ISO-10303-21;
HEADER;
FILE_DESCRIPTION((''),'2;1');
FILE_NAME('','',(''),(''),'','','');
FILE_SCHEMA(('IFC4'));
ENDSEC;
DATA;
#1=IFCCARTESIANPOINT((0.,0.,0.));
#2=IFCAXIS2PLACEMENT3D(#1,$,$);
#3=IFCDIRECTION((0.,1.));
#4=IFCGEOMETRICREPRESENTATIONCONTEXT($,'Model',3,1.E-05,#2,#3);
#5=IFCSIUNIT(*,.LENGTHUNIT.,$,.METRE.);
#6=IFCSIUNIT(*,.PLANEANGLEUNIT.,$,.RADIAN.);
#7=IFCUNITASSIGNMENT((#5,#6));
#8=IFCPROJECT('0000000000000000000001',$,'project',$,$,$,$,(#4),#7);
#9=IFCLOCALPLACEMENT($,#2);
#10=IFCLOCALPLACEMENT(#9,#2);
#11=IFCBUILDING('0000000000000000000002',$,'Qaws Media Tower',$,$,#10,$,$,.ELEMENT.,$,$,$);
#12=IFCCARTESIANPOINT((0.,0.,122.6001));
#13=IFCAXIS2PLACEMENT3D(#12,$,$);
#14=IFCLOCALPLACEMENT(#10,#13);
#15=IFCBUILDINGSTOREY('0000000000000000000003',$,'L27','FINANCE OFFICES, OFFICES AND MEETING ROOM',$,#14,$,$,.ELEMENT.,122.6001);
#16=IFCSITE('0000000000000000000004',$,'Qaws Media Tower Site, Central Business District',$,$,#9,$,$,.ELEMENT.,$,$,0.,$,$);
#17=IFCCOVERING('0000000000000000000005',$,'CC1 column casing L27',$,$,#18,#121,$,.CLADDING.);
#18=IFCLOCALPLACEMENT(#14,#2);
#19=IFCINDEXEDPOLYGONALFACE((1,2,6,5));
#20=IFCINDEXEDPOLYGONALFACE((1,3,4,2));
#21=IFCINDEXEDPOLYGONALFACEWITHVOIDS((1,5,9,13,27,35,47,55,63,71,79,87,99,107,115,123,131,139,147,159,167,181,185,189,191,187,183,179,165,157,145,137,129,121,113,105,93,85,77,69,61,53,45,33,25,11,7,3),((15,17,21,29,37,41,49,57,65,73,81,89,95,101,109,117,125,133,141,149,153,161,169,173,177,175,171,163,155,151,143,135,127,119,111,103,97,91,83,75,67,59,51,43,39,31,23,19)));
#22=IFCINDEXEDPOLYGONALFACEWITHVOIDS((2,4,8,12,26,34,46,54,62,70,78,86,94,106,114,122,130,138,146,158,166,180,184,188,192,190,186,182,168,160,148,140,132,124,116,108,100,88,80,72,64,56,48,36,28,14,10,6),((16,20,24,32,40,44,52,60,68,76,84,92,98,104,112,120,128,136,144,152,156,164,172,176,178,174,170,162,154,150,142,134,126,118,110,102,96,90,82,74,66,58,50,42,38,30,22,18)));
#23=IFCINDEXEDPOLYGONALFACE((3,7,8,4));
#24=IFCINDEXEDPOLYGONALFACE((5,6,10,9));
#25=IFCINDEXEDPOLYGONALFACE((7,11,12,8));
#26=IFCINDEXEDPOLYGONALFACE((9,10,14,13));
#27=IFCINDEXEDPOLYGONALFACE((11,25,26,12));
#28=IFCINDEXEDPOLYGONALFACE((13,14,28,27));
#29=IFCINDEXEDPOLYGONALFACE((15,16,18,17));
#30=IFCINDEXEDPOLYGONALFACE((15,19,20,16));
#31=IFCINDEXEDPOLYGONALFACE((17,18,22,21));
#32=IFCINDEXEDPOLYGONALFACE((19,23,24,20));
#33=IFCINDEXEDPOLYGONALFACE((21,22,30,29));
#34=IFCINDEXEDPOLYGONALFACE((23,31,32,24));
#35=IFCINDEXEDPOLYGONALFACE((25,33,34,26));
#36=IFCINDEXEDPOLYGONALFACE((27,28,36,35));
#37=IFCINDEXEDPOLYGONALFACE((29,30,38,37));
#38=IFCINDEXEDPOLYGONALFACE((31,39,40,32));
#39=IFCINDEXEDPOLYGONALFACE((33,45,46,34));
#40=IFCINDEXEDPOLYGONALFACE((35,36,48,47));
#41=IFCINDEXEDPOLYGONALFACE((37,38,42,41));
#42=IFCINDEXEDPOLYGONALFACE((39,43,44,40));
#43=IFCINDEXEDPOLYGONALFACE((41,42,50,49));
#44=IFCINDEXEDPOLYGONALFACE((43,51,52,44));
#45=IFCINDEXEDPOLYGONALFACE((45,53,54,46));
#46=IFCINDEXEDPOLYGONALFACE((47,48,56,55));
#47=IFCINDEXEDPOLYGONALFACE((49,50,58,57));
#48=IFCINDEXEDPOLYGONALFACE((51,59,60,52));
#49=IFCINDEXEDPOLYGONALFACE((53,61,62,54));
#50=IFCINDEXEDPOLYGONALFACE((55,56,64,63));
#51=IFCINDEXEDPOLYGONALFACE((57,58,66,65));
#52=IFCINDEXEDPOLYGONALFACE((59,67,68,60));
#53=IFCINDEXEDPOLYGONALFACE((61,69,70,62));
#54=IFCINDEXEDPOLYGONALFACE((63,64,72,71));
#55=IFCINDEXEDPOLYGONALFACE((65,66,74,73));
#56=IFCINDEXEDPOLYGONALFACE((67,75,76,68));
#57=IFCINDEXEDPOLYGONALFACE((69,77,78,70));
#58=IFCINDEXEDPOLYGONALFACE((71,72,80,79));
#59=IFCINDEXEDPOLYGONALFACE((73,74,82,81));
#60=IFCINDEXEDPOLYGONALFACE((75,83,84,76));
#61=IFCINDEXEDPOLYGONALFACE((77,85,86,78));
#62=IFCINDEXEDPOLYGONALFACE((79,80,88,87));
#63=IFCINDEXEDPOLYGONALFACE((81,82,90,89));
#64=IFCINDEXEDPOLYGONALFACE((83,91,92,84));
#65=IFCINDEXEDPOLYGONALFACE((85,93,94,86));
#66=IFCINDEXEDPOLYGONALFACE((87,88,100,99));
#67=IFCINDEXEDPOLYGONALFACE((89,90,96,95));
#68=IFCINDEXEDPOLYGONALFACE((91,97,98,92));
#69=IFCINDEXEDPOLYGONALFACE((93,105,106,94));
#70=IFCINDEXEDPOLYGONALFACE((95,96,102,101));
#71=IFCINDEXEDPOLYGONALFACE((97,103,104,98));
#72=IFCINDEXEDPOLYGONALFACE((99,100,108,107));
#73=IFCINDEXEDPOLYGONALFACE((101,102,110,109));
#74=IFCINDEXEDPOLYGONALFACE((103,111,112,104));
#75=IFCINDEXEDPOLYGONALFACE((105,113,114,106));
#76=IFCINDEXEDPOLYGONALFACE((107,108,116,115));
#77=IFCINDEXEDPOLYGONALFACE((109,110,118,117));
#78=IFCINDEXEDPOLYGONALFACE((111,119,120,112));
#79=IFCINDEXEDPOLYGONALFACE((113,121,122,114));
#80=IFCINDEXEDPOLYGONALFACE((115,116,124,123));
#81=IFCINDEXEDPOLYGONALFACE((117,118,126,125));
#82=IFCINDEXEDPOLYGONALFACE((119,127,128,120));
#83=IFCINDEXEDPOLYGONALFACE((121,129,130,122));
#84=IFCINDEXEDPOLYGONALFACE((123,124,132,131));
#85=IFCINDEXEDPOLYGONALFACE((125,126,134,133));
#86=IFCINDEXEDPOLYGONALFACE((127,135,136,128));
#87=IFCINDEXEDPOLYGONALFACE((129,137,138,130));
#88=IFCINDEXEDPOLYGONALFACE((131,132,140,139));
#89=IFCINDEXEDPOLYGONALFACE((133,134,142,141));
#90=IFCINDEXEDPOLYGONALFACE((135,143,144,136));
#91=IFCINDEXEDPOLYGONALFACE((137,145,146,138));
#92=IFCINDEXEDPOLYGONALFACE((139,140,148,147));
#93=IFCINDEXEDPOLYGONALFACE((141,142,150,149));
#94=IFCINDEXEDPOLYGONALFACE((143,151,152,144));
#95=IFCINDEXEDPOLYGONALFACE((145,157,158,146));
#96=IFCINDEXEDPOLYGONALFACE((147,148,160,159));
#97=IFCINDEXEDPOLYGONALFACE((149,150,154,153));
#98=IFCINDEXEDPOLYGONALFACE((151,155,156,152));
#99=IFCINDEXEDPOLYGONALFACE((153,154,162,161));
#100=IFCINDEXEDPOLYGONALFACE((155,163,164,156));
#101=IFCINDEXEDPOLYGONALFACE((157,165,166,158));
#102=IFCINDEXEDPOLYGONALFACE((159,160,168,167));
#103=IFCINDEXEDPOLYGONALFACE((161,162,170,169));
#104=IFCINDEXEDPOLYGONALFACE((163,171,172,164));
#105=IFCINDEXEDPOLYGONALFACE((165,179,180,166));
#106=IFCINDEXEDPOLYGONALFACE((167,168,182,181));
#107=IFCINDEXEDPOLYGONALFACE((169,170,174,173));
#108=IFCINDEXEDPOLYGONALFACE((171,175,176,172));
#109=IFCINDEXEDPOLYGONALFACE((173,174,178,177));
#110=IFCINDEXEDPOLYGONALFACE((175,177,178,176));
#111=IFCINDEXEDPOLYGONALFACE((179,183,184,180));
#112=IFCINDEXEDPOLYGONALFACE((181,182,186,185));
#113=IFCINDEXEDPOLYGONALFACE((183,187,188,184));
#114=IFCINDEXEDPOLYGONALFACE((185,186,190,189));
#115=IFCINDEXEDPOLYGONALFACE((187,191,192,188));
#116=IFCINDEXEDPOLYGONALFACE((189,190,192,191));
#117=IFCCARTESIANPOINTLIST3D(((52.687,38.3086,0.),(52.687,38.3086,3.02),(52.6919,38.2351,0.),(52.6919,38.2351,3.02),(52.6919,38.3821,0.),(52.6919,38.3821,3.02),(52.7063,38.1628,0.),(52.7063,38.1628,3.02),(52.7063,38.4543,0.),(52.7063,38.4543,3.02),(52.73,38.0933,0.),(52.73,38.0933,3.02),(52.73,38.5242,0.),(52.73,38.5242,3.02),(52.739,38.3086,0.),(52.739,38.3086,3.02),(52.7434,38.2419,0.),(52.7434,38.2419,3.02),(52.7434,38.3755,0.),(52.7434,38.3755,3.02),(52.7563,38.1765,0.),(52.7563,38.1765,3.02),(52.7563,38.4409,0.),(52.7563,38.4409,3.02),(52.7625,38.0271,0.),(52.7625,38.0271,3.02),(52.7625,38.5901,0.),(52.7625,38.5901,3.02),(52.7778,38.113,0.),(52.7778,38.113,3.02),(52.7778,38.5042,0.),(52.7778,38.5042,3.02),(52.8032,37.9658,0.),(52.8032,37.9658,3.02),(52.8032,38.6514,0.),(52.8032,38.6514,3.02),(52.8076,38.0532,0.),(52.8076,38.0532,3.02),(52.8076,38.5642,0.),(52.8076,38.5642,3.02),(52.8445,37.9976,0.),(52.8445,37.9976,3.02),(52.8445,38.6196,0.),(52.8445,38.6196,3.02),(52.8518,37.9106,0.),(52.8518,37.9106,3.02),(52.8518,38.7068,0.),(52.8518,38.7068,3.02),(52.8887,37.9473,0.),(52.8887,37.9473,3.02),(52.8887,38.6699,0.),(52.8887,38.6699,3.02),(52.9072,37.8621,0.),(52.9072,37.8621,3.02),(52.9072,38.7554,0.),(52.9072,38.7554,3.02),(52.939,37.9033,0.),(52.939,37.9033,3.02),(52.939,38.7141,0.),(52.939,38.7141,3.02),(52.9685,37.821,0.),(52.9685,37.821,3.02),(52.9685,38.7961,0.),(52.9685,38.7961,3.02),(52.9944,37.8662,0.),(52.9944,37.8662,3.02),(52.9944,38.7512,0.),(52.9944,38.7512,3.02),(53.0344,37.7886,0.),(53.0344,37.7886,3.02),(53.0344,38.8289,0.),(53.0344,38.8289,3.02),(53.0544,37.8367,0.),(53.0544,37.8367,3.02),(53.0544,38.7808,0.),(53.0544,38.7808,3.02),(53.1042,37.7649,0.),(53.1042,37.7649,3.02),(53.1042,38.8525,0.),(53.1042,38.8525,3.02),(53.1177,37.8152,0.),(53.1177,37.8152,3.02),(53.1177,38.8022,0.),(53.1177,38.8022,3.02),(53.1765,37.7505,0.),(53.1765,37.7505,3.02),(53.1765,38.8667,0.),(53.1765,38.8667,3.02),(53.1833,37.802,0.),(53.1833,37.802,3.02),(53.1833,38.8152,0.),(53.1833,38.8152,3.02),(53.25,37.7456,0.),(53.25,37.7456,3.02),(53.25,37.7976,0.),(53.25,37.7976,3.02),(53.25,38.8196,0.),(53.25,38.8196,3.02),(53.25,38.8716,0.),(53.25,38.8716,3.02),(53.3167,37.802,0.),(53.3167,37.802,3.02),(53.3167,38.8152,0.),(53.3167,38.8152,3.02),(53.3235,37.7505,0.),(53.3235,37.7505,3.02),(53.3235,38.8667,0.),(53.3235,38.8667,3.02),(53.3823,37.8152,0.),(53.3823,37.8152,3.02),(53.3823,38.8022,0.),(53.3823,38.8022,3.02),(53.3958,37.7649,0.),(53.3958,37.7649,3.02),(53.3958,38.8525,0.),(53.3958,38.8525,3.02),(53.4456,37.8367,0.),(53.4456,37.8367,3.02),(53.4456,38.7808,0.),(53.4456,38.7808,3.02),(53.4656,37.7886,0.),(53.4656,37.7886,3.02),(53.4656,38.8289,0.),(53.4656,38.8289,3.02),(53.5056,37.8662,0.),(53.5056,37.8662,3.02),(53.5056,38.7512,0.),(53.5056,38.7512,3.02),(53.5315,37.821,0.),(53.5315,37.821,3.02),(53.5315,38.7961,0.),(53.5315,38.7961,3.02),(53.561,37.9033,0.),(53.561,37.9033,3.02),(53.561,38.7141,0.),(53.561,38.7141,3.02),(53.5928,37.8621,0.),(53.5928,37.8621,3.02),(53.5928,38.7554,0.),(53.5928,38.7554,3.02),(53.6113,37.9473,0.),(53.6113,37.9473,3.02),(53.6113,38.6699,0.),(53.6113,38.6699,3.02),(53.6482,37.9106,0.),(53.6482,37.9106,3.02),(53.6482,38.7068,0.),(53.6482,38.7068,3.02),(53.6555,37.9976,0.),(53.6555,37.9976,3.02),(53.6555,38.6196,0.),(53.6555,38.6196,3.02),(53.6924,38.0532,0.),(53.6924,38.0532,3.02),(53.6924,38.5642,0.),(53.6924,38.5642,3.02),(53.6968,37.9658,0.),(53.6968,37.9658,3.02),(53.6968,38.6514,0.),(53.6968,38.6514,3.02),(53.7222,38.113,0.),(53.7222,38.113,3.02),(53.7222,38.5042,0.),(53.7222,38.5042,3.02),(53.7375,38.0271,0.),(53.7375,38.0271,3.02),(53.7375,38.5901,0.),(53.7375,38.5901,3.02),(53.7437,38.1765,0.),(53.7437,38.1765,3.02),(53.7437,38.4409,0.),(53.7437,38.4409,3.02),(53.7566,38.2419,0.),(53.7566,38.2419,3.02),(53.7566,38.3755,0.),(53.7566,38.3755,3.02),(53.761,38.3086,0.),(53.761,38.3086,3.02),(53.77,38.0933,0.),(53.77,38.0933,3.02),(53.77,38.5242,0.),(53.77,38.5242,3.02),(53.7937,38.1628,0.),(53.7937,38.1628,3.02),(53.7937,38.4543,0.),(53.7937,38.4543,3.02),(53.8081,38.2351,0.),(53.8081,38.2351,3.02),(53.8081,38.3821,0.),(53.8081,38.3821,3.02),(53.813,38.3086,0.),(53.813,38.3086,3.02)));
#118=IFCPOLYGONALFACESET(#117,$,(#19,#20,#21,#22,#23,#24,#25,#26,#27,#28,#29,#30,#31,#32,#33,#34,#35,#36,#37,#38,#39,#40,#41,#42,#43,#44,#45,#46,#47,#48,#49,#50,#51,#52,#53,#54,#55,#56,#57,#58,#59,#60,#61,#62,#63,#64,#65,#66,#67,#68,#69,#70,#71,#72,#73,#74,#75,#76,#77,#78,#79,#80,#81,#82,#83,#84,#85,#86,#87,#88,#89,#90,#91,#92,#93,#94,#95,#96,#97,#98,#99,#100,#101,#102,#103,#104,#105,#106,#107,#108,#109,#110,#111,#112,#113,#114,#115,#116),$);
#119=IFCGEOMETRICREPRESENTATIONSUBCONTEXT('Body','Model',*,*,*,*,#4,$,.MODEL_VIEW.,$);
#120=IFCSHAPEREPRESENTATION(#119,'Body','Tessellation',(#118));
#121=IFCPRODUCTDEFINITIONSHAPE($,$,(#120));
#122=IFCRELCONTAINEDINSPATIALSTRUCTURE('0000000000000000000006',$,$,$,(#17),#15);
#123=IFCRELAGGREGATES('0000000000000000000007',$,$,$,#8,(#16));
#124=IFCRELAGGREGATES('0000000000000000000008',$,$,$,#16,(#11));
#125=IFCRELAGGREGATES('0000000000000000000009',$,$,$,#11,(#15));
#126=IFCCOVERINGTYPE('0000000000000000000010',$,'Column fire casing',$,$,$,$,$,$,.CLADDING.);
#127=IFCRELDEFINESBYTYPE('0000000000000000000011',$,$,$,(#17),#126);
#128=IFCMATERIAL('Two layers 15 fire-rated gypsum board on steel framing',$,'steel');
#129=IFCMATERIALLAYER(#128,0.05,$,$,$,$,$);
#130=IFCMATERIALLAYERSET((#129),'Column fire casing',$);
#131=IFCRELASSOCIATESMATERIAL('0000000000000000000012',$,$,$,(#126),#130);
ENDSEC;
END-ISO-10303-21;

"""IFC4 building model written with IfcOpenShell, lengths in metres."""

from ifc_helpers import new_model, si_unit, direction, frame, origin, place, context, subcontext, project, spatial, polyline, outline, extrude, material, layer, layer_set, type_object, element, save


model = new_model("IFC4")

# Units and contexts
model_context = context("Model", 3, precision=1e-05, world=origin(), true_north=direction((0.0, 1.0)))
body_context = subcontext(model_context, "Body", "Model", "MODEL_VIEW")
ifc_project = project(units=[si_unit("LENGTHUNIT", "METRE"), si_unit("PLANEANGLEUNIT", "RADIAN")], contexts=[model_context])

# Site, building, storey
site_placement = place(None, origin())
site = spatial("IfcSite", under=ifc_project, at=site_placement, Name="Qaws Media Tower Site, Central Business District", CompositionType="ELEMENT", RefElevation=0.0)
building_placement = place(site_placement, origin())
building = spatial("IfcBuilding", under=site, at=building_placement, Name="Qaws Media Tower", CompositionType="ELEMENT")
storey_placement = place(building_placement, frame((0.0, 0.0, 122.6001)))
storey = spatial("IfcBuildingStorey", under=building, at=storey_placement, Name="L27", Description="FINANCE OFFICES, OFFICES AND MEETING ROOM", CompositionType="ELEMENT", Elevation=122.6001)

# Covering
ifc_material_1 = material(Name="Two layers 15 fire-rated gypsum board on steel framing", Category="steel")
ifc_layer_1 = layer(ifc_material_1, 0.05)
ifc_layer_set_1 = layer_set([ifc_layer_1], Name="Column fire casing")
covering_type = type_object("IfcCoveringType", Name="Column fire casing", PredefinedType="CLADDING", material=ifc_layer_set_1)
covering_1_placement = place(storey_placement, origin())
element("IfcCovering", 1, at=covering_1_placement, inside=storey, type_object=covering_type, Name="CC1 column casing L27", PredefinedType="CLADDING", context=body_context, shape_type="SweptSolid", body=[
    extrude(outline(polyline([(53.813, 38.3086), (53.8081, 38.2351), (53.7937, 38.1628), (53.77, 38.0933), (53.7375, 38.0271), (53.6968, 37.9658), (53.6482, 37.9106), (53.5928, 37.8621), (53.5315, 37.821), (53.4656, 37.7886), (53.3958, 37.7649), (53.3235, 37.7505), (53.25, 37.7456), (53.1765, 37.7505), (53.1042, 37.7649), (53.0344, 37.7886), (52.9685, 37.821), (52.9072, 37.8621), (52.8518, 37.9106), (52.8032, 37.9658), (52.7625, 38.0271), (52.73, 38.0933), (52.7063, 38.1628), (52.6919, 38.2351), (52.687, 38.3086), (52.6919, 38.3821), (52.7063, 38.4543), (52.73, 38.5242), (52.7625, 38.5901), (52.8032, 38.6514), (52.8518, 38.7068), (52.9072, 38.7554), (52.9685, 38.7961), (53.0344, 38.8289), (53.1042, 38.8525), (53.1765, 38.8667), (53.25, 38.8716), (53.3235, 38.8667), (53.3958, 38.8525), (53.4656, 38.8289), (53.5315, 38.7961), (53.5928, 38.7554), (53.6482, 38.7068), (53.6968, 38.6514), (53.7375, 38.5901), (53.77, 38.5242), (53.7937, 38.4543), (53.8081, 38.3821), (53.813, 38.3086)]), holes=[polyline([(53.761, 38.3086), (53.7566, 38.2419), (53.7437, 38.1765), (53.7222, 38.113), (53.6924, 38.0532), (53.6555, 37.9976), (53.6113, 37.9473), (53.561, 37.9033), (53.5056, 37.8662), (53.4456, 37.8367), (53.3823, 37.8152), (53.3167, 37.802), (53.25, 37.7976), (53.1833, 37.802), (53.1177, 37.8152), (53.0544, 37.8367), (52.9944, 37.8662), (52.939, 37.9033), (52.8887, 37.9473), (52.8445, 37.9976), (52.8076, 38.0532), (52.7778, 38.113), (52.7563, 38.1765), (52.7434, 38.2419), (52.739, 38.3086), (52.7434, 38.3755), (52.7563, 38.4409), (52.7778, 38.5042), (52.8076, 38.5642), (52.8445, 38.6196), (52.8887, 38.6699), (52.939, 38.7141), (52.9944, 38.7512), (53.0544, 38.7808), (53.1177, 38.8022), (53.1833, 38.8152), (53.25, 38.8196), (53.3167, 38.8152), (53.3823, 38.8022), (53.4456, 38.7808), (53.5056, 38.7512), (53.561, 38.7141), (53.6113, 38.6699), (53.6555, 38.6196), (53.6924, 38.5642), (53.7222, 38.5042), (53.7437, 38.4409), (53.7566, 38.3755), (53.761, 38.3086)])]), origin(), (0.0, 0.0, 1.0), 3.02),
])

save(model, "model.ifc")
